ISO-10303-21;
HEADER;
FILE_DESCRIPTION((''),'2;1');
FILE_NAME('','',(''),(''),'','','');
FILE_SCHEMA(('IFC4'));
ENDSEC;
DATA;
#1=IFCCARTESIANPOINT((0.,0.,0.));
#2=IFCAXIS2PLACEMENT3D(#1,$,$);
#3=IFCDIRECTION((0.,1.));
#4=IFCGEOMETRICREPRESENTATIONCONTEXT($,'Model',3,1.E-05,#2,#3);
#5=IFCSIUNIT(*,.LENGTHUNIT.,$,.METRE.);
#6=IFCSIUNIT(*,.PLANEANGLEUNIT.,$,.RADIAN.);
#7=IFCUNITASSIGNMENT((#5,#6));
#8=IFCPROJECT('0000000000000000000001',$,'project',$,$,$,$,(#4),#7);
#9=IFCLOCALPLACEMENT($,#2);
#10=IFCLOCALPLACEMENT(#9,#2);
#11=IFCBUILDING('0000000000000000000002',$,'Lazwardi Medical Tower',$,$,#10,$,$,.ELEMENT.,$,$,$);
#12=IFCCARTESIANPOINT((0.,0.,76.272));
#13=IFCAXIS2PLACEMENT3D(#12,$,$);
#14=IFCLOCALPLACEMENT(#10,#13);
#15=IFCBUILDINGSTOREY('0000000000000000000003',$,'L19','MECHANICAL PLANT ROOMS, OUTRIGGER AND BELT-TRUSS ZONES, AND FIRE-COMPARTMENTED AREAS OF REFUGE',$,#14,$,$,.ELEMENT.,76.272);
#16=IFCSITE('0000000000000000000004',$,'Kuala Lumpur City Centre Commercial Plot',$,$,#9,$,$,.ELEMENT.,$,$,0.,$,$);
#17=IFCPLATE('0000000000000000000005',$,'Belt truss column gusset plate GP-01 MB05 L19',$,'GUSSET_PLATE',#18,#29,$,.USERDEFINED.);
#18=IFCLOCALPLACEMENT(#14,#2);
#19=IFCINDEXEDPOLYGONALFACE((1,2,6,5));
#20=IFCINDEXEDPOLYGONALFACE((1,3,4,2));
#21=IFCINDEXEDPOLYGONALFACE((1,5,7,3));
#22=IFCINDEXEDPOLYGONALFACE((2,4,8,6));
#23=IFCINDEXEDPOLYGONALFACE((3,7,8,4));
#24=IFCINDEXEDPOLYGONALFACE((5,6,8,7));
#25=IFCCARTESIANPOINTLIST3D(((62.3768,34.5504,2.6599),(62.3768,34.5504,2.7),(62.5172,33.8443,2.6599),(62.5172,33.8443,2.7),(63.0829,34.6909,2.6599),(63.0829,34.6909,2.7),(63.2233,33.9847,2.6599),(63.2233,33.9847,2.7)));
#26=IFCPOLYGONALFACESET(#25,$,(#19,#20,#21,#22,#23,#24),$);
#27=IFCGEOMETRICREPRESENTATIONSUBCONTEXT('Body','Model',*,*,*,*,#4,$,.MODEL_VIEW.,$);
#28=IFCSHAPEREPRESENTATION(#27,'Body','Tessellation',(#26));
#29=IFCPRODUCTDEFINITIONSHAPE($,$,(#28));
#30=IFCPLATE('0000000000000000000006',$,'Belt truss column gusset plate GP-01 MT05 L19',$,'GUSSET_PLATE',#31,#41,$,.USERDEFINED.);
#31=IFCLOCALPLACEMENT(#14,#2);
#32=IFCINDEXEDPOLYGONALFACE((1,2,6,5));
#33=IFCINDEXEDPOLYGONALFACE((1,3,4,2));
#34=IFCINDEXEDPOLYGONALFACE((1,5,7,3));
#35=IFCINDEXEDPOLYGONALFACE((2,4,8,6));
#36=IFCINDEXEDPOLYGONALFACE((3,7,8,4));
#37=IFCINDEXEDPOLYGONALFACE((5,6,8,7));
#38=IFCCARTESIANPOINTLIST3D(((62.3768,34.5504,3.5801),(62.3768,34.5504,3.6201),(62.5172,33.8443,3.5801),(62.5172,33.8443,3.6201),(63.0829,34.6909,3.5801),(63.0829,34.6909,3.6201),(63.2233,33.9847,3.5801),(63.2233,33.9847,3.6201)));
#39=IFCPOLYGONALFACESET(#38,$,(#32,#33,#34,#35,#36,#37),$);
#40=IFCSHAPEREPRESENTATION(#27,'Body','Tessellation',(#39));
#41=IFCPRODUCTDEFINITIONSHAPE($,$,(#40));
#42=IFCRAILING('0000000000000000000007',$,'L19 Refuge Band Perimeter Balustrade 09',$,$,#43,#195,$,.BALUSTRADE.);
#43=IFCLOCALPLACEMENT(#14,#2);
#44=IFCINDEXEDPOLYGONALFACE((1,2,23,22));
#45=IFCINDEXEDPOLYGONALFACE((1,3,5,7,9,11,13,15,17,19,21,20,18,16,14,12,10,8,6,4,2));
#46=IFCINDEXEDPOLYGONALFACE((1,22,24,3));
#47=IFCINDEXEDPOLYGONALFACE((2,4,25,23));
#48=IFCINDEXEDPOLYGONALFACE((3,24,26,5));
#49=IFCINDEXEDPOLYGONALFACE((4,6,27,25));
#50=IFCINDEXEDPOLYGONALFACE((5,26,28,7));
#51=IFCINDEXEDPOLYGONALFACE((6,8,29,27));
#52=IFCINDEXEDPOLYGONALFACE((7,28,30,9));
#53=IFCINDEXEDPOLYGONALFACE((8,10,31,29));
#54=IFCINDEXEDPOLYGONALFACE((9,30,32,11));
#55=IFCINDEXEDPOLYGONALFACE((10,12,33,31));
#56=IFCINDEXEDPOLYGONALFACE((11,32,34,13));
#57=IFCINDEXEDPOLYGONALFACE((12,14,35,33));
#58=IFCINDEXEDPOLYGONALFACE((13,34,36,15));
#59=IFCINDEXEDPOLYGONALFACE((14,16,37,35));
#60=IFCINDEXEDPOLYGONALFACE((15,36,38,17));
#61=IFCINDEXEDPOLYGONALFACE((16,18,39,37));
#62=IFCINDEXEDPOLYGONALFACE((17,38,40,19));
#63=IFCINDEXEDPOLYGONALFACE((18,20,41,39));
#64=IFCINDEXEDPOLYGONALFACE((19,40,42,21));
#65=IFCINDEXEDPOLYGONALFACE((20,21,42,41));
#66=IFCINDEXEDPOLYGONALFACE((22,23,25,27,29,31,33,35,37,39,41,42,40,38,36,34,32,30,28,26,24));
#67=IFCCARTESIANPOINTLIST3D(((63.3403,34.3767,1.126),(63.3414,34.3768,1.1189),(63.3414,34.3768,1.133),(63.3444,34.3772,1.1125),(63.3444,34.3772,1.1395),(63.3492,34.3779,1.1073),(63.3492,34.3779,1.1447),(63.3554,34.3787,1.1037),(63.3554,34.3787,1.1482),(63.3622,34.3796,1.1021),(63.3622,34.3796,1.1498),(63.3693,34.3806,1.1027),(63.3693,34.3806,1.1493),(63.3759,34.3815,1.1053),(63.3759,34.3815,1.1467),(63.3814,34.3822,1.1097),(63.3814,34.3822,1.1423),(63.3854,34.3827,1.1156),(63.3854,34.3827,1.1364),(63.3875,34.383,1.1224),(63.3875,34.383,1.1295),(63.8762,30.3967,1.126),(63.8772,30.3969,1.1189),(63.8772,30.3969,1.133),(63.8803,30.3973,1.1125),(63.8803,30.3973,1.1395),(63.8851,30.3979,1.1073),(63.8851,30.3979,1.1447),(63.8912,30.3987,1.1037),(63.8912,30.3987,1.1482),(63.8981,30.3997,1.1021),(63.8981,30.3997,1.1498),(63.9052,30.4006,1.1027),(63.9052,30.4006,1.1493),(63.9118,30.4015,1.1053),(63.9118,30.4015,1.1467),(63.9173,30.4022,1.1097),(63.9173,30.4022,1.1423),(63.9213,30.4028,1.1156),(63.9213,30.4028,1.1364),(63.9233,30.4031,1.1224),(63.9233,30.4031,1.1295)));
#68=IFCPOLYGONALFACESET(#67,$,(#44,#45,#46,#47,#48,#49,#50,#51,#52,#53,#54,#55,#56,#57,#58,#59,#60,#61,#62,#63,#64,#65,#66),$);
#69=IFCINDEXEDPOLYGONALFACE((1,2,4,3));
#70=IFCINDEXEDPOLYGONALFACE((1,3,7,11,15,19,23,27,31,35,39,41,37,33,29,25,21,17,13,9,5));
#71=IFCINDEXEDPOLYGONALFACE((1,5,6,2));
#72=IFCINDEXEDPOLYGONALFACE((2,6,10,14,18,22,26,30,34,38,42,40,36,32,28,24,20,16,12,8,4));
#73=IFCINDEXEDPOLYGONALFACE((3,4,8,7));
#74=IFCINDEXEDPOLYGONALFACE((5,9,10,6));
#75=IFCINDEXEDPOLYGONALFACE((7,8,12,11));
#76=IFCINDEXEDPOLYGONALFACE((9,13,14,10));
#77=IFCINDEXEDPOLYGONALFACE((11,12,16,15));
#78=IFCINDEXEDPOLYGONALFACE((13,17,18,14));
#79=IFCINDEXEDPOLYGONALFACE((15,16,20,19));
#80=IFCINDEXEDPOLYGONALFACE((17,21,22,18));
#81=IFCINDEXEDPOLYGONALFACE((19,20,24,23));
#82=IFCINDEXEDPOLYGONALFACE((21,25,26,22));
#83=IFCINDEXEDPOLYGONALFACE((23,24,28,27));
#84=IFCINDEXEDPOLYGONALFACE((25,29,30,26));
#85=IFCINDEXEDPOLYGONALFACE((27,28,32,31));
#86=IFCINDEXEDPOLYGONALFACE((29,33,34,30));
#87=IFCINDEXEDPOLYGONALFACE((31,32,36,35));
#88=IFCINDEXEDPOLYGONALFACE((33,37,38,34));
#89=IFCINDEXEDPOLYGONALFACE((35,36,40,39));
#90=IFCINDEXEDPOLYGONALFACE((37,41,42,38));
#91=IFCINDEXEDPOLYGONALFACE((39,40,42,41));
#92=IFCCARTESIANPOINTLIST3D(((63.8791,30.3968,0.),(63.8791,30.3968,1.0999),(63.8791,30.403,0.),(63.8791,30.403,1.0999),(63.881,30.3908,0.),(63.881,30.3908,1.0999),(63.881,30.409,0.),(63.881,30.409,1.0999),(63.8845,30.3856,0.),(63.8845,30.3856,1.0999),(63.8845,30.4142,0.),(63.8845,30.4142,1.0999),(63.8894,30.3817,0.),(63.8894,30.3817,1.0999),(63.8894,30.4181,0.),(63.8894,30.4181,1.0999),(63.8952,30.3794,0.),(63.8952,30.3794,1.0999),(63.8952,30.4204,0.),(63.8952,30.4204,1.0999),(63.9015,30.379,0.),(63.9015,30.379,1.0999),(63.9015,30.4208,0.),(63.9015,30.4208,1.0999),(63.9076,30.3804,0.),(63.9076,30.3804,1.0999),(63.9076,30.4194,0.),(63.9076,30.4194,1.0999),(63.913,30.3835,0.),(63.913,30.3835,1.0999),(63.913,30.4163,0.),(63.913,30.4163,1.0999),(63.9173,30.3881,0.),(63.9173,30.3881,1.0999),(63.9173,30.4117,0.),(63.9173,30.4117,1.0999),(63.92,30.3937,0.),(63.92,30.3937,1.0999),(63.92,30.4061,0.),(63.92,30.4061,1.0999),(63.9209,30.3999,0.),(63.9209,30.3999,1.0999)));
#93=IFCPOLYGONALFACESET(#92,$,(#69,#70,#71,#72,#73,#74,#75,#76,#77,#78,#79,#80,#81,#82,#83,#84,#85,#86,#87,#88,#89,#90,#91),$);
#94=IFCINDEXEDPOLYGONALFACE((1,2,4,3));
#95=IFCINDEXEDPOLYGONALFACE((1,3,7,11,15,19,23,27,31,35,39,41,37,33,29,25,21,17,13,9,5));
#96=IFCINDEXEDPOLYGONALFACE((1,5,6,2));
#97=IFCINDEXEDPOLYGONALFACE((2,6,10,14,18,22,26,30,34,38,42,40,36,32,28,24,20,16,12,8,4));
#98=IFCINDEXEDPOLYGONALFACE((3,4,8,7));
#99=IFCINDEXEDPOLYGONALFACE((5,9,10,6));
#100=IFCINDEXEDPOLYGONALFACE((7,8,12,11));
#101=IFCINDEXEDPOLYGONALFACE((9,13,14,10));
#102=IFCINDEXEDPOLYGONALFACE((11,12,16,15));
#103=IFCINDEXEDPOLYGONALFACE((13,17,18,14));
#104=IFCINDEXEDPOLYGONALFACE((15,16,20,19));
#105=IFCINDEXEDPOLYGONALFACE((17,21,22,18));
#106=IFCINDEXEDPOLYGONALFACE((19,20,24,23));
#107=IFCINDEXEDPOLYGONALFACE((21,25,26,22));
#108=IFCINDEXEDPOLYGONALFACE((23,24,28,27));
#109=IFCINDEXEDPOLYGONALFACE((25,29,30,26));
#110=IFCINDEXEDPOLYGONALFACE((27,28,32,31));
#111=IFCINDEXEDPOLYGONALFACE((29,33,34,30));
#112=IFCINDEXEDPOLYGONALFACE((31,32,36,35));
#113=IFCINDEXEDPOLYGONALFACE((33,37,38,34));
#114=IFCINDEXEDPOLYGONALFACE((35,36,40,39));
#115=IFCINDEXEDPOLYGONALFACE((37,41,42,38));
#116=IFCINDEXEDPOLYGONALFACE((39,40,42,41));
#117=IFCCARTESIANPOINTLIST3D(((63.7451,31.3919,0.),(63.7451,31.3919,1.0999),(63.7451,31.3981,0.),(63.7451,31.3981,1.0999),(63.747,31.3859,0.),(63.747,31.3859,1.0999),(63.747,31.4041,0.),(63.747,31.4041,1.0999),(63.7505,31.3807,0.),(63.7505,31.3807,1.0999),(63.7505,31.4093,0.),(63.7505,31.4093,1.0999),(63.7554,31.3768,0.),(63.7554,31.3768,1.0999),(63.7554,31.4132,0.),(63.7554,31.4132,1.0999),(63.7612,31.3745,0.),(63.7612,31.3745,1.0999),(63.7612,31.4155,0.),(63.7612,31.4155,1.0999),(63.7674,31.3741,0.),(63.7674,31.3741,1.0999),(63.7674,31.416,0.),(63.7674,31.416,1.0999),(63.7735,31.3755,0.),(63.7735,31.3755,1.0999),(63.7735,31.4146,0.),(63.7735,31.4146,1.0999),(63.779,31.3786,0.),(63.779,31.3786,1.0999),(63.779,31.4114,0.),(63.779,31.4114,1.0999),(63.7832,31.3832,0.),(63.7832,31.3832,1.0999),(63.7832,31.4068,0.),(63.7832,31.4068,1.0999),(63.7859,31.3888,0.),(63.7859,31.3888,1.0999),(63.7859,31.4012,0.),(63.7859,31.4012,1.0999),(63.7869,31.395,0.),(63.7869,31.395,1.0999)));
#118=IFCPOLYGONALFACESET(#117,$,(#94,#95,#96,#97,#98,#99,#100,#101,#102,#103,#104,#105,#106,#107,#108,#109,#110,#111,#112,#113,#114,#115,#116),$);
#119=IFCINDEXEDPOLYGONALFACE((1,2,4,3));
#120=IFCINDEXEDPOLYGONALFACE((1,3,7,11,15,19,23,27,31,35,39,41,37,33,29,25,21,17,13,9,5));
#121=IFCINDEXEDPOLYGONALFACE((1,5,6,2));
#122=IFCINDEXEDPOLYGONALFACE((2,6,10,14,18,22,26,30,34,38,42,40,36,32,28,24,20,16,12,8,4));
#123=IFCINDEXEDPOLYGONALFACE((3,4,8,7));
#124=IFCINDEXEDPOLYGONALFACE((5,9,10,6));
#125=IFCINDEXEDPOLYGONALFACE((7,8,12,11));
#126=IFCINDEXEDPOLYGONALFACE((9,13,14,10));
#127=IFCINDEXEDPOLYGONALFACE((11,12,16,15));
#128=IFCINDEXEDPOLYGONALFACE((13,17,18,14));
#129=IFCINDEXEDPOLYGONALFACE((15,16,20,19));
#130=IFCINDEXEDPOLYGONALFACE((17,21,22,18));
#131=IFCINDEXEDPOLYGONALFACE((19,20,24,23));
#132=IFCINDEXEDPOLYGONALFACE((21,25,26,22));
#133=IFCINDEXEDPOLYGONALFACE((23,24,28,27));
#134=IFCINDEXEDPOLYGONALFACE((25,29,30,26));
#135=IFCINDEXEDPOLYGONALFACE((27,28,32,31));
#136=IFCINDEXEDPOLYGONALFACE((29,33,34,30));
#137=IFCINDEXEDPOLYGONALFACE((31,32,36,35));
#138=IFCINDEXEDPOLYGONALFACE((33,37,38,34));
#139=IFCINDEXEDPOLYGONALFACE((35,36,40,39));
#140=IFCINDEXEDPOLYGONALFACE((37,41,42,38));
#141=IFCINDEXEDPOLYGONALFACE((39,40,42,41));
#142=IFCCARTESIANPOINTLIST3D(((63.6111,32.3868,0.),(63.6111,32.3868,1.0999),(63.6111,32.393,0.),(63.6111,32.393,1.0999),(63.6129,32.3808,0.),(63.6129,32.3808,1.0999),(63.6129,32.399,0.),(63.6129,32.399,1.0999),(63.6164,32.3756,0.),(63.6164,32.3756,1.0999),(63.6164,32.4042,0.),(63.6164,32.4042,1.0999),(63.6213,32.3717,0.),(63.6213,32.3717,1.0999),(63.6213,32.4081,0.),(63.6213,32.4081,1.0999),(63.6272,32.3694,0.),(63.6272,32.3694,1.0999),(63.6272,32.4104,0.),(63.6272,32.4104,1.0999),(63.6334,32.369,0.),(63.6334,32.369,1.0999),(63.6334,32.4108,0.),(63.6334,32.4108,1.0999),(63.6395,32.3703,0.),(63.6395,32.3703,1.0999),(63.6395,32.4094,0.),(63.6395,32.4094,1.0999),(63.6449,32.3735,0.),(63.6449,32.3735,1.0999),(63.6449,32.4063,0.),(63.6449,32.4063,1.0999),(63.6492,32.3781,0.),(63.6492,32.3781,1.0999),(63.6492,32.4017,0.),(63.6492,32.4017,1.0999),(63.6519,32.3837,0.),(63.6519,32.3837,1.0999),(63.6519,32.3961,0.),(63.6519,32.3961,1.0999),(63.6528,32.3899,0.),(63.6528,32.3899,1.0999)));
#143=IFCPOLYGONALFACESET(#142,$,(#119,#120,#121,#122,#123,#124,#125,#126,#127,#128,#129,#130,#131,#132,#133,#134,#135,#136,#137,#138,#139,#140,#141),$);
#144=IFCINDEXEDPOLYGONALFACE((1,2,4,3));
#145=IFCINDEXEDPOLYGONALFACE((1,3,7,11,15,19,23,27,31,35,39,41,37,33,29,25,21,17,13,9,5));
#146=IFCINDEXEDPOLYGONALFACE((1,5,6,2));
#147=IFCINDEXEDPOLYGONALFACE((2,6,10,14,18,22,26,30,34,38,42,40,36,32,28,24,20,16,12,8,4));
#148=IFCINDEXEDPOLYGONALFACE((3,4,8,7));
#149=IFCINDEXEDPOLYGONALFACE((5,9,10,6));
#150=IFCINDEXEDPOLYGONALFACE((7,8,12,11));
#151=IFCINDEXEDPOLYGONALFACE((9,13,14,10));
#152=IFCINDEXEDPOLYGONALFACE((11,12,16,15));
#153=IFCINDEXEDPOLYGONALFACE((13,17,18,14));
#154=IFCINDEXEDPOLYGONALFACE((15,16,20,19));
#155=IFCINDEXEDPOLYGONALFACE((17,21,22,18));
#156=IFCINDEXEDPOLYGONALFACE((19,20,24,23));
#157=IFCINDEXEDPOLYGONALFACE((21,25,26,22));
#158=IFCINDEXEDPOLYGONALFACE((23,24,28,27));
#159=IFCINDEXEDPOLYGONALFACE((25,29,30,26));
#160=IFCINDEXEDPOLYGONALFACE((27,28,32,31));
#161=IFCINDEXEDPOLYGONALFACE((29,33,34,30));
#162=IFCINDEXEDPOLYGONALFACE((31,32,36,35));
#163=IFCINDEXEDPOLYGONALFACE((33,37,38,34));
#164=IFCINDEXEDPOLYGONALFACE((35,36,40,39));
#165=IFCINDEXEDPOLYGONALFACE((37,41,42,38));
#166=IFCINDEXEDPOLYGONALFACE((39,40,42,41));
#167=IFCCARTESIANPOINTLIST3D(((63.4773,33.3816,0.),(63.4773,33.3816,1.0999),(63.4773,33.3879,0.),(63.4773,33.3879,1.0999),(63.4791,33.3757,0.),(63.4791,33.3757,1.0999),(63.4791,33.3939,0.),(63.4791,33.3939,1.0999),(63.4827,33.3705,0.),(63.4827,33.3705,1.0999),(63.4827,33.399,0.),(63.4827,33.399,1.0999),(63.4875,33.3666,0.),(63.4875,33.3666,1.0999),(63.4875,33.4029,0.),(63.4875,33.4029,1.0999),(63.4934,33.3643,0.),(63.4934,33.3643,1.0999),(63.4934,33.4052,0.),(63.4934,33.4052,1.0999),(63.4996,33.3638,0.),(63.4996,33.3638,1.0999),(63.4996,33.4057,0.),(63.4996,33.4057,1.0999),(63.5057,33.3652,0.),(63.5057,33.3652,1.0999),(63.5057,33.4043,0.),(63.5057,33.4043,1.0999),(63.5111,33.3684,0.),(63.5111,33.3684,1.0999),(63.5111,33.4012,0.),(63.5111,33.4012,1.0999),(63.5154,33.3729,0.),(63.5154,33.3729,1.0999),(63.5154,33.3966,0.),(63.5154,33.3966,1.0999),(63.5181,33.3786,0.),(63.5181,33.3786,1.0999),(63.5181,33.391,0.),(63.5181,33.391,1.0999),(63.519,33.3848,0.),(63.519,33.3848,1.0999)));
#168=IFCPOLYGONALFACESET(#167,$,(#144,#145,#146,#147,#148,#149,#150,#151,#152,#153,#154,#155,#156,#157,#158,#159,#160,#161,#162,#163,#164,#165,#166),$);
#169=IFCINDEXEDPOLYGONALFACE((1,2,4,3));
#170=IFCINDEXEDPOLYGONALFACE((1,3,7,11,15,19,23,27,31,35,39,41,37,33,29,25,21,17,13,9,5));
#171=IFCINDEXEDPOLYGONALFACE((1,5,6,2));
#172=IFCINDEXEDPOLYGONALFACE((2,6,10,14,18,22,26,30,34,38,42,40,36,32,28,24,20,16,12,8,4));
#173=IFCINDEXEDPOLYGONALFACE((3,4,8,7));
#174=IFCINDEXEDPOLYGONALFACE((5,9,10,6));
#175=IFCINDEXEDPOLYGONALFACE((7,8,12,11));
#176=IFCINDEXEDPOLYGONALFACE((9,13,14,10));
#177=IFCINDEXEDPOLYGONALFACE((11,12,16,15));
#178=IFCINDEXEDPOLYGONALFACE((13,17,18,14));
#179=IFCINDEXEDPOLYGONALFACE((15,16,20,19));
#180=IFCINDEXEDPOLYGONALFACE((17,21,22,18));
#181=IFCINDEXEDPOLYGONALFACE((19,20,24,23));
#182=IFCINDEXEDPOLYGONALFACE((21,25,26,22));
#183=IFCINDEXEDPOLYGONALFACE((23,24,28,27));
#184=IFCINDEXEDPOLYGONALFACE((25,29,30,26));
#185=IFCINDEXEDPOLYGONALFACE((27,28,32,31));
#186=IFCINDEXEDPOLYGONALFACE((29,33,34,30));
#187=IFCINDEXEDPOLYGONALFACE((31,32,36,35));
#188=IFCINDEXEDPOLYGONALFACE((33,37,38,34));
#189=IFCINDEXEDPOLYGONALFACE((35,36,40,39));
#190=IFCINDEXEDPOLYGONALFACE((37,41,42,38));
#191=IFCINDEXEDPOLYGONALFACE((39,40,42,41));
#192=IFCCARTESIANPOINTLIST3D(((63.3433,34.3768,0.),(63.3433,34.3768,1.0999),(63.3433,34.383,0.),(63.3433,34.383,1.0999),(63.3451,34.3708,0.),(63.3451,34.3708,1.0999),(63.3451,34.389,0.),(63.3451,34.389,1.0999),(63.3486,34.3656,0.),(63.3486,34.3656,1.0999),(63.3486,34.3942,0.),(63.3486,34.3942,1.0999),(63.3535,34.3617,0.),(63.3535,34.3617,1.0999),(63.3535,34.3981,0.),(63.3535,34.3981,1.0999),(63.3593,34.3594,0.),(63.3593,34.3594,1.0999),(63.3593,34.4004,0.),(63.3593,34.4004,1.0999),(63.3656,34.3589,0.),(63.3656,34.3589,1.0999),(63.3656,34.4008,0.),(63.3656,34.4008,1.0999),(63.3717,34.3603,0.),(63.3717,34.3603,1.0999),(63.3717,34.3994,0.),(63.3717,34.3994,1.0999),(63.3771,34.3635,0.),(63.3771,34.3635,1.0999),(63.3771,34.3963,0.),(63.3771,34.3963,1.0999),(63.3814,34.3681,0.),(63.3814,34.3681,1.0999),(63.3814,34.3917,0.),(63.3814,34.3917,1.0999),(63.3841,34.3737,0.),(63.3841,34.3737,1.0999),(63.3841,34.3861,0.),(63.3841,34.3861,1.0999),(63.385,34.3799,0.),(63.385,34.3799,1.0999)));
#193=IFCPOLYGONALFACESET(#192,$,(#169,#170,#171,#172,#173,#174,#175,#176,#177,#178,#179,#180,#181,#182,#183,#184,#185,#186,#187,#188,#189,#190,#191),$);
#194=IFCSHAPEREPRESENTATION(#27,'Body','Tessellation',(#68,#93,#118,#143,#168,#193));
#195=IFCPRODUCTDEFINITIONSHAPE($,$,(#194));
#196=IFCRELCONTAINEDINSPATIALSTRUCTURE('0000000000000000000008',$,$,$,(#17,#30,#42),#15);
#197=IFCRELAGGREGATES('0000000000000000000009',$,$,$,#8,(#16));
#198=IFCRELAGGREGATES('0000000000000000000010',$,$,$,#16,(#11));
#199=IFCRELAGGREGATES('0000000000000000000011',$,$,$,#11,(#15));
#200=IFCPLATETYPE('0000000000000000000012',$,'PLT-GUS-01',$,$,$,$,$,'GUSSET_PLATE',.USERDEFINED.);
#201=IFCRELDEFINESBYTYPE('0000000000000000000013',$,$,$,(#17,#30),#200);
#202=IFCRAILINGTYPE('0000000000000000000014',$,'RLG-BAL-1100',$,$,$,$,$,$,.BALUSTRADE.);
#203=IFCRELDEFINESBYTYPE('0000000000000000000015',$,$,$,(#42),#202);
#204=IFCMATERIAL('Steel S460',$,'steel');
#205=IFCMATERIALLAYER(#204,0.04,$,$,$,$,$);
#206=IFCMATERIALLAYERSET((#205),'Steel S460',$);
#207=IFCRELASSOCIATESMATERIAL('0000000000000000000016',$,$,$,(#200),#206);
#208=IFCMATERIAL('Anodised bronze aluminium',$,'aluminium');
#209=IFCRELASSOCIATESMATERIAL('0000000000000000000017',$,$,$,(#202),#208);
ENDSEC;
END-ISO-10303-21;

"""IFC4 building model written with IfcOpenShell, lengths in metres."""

from ifc_helpers import new_model, si_unit, direction, frame, origin, origin_2d, place, context, subcontext, project, spatial, rectangle, circle, extrude, material, layer, layer_set, type_object, element, save


model = new_model("IFC4")

# Units and contexts
model_context = context("Model", 3, precision=1e-05, world=origin(), true_north=direction((0.0, 1.0)))
body_context = subcontext(model_context, "Body", "Model", "MODEL_VIEW")
ifc_project = project(units=[si_unit("LENGTHUNIT", "METRE"), si_unit("PLANEANGLEUNIT", "RADIAN")], contexts=[model_context])

# Site, building, storey
site_placement = place(None, origin())
site = spatial("IfcSite", under=ifc_project, at=site_placement, Name="Kuala Lumpur City Centre Commercial Plot", CompositionType="ELEMENT", RefElevation=0.0)
building_placement = place(site_placement, origin())
building = spatial("IfcBuilding", under=site, at=building_placement, Name="Lazwardi Medical Tower", CompositionType="ELEMENT")
storey_placement = place(building_placement, frame((0.0, 0.0, 76.272)))
storey = spatial("IfcBuildingStorey", under=building, at=storey_placement, Name="L19", Description="MECHANICAL PLANT ROOMS, OUTRIGGER AND BELT-TRUSS ZONES, AND FIRE-COMPARTMENTED AREAS OF REFUGE", CompositionType="ELEMENT", Elevation=76.272)

# Shared definitions
ifc_material_1 = material(Name="Steel S460", Category="steel")

# Plates
ifc_layer = layer(ifc_material_1, 0.04)
ifc_layer_set = layer_set([ifc_layer], Name="Steel S460")
plate_type = type_object("IfcPlateType", Name="PLT-GUS-01", ElementType="GUSSET_PLATE", PredefinedType="USERDEFINED", material=ifc_layer_set)
for number, where, z_axis, x_axis, name in (
    (1, (62.8, 34.2676, 2.6599), (0.0, 0.0, 1.0), (0.980785, 0.19509, 0.0), "Belt truss column gusset plate GP-01 MB05 L19"),
    (2, (62.8, 34.2676, 3.5801), (0.0, 0.0, 1.0), (0.980785, 0.19509, 0.0), "Belt truss column gusset plate GP-01 MT05 L19"),
):
    element("IfcPlate", number, at=place(storey_placement, frame(where, z_axis=z_axis, x_axis=x_axis)), inside=storey, type_object=plate_type, Name=name, ObjectType="GUSSET_PLATE", PredefinedType="USERDEFINED", context=body_context, shape_type="SweptSolid", body=[
        extrude(rectangle(XDim=0.72, YDim=0.72, at=origin_2d()), origin(), (0.0, 0.0, 1.0), 0.04),
    ])

# Railing
ifc_material_2 = material(Name="Anodised bronze aluminium", Category="aluminium")
railing_type = type_object("IfcRailingType", Name="RLG-BAL-1100", PredefinedType="BALUSTRADE", material=ifc_material_2)
railing_1_placement = place(storey_placement, frame((63.8999, 30.3999, 0.0)))
element("IfcRailing", 3, at=railing_1_placement, inside=storey, type_object=railing_type, Name="L19 Refuge Band Perimeter Balustrade 09", PredefinedType="BALUSTRADE", context=body_context, shape_type="SweptSolid", body=[
    extrude(circle(Radius=0.0239, at=origin_2d()), frame((0.0, 0.0, 1.126), z_axis=(-0.133442, 0.991057, 0.0), x_axis=(-0.991057, -0.133442, 0.0)), (0.0, 0.0, 1.0), 4.0159),
    extrude(circle(Radius=0.021, at=origin_2d()), origin(), (0.0, 0.0, 1.0), 1.0999),
    extrude(circle(Radius=0.021, at=origin_2d()), frame((-0.134, 0.9951, 0.0)), (0.0, 0.0, 1.0), 1.0999),
    extrude(circle(Radius=0.021, at=origin_2d()), frame((-0.2681, 1.99, 0.0)), (0.0, 0.0, 1.0), 1.0999),
    extrude(circle(Radius=0.021, at=origin_2d()), frame((-0.4019, 2.9849, 0.0)), (0.0, 0.0, 1.0), 1.0999),
    extrude(circle(Radius=0.021, at=origin_2d()), frame((-0.5359, 3.98, 0.0)), (0.0, 0.0, 1.0), 1.0999),
])

save(model, "model.ifc")
